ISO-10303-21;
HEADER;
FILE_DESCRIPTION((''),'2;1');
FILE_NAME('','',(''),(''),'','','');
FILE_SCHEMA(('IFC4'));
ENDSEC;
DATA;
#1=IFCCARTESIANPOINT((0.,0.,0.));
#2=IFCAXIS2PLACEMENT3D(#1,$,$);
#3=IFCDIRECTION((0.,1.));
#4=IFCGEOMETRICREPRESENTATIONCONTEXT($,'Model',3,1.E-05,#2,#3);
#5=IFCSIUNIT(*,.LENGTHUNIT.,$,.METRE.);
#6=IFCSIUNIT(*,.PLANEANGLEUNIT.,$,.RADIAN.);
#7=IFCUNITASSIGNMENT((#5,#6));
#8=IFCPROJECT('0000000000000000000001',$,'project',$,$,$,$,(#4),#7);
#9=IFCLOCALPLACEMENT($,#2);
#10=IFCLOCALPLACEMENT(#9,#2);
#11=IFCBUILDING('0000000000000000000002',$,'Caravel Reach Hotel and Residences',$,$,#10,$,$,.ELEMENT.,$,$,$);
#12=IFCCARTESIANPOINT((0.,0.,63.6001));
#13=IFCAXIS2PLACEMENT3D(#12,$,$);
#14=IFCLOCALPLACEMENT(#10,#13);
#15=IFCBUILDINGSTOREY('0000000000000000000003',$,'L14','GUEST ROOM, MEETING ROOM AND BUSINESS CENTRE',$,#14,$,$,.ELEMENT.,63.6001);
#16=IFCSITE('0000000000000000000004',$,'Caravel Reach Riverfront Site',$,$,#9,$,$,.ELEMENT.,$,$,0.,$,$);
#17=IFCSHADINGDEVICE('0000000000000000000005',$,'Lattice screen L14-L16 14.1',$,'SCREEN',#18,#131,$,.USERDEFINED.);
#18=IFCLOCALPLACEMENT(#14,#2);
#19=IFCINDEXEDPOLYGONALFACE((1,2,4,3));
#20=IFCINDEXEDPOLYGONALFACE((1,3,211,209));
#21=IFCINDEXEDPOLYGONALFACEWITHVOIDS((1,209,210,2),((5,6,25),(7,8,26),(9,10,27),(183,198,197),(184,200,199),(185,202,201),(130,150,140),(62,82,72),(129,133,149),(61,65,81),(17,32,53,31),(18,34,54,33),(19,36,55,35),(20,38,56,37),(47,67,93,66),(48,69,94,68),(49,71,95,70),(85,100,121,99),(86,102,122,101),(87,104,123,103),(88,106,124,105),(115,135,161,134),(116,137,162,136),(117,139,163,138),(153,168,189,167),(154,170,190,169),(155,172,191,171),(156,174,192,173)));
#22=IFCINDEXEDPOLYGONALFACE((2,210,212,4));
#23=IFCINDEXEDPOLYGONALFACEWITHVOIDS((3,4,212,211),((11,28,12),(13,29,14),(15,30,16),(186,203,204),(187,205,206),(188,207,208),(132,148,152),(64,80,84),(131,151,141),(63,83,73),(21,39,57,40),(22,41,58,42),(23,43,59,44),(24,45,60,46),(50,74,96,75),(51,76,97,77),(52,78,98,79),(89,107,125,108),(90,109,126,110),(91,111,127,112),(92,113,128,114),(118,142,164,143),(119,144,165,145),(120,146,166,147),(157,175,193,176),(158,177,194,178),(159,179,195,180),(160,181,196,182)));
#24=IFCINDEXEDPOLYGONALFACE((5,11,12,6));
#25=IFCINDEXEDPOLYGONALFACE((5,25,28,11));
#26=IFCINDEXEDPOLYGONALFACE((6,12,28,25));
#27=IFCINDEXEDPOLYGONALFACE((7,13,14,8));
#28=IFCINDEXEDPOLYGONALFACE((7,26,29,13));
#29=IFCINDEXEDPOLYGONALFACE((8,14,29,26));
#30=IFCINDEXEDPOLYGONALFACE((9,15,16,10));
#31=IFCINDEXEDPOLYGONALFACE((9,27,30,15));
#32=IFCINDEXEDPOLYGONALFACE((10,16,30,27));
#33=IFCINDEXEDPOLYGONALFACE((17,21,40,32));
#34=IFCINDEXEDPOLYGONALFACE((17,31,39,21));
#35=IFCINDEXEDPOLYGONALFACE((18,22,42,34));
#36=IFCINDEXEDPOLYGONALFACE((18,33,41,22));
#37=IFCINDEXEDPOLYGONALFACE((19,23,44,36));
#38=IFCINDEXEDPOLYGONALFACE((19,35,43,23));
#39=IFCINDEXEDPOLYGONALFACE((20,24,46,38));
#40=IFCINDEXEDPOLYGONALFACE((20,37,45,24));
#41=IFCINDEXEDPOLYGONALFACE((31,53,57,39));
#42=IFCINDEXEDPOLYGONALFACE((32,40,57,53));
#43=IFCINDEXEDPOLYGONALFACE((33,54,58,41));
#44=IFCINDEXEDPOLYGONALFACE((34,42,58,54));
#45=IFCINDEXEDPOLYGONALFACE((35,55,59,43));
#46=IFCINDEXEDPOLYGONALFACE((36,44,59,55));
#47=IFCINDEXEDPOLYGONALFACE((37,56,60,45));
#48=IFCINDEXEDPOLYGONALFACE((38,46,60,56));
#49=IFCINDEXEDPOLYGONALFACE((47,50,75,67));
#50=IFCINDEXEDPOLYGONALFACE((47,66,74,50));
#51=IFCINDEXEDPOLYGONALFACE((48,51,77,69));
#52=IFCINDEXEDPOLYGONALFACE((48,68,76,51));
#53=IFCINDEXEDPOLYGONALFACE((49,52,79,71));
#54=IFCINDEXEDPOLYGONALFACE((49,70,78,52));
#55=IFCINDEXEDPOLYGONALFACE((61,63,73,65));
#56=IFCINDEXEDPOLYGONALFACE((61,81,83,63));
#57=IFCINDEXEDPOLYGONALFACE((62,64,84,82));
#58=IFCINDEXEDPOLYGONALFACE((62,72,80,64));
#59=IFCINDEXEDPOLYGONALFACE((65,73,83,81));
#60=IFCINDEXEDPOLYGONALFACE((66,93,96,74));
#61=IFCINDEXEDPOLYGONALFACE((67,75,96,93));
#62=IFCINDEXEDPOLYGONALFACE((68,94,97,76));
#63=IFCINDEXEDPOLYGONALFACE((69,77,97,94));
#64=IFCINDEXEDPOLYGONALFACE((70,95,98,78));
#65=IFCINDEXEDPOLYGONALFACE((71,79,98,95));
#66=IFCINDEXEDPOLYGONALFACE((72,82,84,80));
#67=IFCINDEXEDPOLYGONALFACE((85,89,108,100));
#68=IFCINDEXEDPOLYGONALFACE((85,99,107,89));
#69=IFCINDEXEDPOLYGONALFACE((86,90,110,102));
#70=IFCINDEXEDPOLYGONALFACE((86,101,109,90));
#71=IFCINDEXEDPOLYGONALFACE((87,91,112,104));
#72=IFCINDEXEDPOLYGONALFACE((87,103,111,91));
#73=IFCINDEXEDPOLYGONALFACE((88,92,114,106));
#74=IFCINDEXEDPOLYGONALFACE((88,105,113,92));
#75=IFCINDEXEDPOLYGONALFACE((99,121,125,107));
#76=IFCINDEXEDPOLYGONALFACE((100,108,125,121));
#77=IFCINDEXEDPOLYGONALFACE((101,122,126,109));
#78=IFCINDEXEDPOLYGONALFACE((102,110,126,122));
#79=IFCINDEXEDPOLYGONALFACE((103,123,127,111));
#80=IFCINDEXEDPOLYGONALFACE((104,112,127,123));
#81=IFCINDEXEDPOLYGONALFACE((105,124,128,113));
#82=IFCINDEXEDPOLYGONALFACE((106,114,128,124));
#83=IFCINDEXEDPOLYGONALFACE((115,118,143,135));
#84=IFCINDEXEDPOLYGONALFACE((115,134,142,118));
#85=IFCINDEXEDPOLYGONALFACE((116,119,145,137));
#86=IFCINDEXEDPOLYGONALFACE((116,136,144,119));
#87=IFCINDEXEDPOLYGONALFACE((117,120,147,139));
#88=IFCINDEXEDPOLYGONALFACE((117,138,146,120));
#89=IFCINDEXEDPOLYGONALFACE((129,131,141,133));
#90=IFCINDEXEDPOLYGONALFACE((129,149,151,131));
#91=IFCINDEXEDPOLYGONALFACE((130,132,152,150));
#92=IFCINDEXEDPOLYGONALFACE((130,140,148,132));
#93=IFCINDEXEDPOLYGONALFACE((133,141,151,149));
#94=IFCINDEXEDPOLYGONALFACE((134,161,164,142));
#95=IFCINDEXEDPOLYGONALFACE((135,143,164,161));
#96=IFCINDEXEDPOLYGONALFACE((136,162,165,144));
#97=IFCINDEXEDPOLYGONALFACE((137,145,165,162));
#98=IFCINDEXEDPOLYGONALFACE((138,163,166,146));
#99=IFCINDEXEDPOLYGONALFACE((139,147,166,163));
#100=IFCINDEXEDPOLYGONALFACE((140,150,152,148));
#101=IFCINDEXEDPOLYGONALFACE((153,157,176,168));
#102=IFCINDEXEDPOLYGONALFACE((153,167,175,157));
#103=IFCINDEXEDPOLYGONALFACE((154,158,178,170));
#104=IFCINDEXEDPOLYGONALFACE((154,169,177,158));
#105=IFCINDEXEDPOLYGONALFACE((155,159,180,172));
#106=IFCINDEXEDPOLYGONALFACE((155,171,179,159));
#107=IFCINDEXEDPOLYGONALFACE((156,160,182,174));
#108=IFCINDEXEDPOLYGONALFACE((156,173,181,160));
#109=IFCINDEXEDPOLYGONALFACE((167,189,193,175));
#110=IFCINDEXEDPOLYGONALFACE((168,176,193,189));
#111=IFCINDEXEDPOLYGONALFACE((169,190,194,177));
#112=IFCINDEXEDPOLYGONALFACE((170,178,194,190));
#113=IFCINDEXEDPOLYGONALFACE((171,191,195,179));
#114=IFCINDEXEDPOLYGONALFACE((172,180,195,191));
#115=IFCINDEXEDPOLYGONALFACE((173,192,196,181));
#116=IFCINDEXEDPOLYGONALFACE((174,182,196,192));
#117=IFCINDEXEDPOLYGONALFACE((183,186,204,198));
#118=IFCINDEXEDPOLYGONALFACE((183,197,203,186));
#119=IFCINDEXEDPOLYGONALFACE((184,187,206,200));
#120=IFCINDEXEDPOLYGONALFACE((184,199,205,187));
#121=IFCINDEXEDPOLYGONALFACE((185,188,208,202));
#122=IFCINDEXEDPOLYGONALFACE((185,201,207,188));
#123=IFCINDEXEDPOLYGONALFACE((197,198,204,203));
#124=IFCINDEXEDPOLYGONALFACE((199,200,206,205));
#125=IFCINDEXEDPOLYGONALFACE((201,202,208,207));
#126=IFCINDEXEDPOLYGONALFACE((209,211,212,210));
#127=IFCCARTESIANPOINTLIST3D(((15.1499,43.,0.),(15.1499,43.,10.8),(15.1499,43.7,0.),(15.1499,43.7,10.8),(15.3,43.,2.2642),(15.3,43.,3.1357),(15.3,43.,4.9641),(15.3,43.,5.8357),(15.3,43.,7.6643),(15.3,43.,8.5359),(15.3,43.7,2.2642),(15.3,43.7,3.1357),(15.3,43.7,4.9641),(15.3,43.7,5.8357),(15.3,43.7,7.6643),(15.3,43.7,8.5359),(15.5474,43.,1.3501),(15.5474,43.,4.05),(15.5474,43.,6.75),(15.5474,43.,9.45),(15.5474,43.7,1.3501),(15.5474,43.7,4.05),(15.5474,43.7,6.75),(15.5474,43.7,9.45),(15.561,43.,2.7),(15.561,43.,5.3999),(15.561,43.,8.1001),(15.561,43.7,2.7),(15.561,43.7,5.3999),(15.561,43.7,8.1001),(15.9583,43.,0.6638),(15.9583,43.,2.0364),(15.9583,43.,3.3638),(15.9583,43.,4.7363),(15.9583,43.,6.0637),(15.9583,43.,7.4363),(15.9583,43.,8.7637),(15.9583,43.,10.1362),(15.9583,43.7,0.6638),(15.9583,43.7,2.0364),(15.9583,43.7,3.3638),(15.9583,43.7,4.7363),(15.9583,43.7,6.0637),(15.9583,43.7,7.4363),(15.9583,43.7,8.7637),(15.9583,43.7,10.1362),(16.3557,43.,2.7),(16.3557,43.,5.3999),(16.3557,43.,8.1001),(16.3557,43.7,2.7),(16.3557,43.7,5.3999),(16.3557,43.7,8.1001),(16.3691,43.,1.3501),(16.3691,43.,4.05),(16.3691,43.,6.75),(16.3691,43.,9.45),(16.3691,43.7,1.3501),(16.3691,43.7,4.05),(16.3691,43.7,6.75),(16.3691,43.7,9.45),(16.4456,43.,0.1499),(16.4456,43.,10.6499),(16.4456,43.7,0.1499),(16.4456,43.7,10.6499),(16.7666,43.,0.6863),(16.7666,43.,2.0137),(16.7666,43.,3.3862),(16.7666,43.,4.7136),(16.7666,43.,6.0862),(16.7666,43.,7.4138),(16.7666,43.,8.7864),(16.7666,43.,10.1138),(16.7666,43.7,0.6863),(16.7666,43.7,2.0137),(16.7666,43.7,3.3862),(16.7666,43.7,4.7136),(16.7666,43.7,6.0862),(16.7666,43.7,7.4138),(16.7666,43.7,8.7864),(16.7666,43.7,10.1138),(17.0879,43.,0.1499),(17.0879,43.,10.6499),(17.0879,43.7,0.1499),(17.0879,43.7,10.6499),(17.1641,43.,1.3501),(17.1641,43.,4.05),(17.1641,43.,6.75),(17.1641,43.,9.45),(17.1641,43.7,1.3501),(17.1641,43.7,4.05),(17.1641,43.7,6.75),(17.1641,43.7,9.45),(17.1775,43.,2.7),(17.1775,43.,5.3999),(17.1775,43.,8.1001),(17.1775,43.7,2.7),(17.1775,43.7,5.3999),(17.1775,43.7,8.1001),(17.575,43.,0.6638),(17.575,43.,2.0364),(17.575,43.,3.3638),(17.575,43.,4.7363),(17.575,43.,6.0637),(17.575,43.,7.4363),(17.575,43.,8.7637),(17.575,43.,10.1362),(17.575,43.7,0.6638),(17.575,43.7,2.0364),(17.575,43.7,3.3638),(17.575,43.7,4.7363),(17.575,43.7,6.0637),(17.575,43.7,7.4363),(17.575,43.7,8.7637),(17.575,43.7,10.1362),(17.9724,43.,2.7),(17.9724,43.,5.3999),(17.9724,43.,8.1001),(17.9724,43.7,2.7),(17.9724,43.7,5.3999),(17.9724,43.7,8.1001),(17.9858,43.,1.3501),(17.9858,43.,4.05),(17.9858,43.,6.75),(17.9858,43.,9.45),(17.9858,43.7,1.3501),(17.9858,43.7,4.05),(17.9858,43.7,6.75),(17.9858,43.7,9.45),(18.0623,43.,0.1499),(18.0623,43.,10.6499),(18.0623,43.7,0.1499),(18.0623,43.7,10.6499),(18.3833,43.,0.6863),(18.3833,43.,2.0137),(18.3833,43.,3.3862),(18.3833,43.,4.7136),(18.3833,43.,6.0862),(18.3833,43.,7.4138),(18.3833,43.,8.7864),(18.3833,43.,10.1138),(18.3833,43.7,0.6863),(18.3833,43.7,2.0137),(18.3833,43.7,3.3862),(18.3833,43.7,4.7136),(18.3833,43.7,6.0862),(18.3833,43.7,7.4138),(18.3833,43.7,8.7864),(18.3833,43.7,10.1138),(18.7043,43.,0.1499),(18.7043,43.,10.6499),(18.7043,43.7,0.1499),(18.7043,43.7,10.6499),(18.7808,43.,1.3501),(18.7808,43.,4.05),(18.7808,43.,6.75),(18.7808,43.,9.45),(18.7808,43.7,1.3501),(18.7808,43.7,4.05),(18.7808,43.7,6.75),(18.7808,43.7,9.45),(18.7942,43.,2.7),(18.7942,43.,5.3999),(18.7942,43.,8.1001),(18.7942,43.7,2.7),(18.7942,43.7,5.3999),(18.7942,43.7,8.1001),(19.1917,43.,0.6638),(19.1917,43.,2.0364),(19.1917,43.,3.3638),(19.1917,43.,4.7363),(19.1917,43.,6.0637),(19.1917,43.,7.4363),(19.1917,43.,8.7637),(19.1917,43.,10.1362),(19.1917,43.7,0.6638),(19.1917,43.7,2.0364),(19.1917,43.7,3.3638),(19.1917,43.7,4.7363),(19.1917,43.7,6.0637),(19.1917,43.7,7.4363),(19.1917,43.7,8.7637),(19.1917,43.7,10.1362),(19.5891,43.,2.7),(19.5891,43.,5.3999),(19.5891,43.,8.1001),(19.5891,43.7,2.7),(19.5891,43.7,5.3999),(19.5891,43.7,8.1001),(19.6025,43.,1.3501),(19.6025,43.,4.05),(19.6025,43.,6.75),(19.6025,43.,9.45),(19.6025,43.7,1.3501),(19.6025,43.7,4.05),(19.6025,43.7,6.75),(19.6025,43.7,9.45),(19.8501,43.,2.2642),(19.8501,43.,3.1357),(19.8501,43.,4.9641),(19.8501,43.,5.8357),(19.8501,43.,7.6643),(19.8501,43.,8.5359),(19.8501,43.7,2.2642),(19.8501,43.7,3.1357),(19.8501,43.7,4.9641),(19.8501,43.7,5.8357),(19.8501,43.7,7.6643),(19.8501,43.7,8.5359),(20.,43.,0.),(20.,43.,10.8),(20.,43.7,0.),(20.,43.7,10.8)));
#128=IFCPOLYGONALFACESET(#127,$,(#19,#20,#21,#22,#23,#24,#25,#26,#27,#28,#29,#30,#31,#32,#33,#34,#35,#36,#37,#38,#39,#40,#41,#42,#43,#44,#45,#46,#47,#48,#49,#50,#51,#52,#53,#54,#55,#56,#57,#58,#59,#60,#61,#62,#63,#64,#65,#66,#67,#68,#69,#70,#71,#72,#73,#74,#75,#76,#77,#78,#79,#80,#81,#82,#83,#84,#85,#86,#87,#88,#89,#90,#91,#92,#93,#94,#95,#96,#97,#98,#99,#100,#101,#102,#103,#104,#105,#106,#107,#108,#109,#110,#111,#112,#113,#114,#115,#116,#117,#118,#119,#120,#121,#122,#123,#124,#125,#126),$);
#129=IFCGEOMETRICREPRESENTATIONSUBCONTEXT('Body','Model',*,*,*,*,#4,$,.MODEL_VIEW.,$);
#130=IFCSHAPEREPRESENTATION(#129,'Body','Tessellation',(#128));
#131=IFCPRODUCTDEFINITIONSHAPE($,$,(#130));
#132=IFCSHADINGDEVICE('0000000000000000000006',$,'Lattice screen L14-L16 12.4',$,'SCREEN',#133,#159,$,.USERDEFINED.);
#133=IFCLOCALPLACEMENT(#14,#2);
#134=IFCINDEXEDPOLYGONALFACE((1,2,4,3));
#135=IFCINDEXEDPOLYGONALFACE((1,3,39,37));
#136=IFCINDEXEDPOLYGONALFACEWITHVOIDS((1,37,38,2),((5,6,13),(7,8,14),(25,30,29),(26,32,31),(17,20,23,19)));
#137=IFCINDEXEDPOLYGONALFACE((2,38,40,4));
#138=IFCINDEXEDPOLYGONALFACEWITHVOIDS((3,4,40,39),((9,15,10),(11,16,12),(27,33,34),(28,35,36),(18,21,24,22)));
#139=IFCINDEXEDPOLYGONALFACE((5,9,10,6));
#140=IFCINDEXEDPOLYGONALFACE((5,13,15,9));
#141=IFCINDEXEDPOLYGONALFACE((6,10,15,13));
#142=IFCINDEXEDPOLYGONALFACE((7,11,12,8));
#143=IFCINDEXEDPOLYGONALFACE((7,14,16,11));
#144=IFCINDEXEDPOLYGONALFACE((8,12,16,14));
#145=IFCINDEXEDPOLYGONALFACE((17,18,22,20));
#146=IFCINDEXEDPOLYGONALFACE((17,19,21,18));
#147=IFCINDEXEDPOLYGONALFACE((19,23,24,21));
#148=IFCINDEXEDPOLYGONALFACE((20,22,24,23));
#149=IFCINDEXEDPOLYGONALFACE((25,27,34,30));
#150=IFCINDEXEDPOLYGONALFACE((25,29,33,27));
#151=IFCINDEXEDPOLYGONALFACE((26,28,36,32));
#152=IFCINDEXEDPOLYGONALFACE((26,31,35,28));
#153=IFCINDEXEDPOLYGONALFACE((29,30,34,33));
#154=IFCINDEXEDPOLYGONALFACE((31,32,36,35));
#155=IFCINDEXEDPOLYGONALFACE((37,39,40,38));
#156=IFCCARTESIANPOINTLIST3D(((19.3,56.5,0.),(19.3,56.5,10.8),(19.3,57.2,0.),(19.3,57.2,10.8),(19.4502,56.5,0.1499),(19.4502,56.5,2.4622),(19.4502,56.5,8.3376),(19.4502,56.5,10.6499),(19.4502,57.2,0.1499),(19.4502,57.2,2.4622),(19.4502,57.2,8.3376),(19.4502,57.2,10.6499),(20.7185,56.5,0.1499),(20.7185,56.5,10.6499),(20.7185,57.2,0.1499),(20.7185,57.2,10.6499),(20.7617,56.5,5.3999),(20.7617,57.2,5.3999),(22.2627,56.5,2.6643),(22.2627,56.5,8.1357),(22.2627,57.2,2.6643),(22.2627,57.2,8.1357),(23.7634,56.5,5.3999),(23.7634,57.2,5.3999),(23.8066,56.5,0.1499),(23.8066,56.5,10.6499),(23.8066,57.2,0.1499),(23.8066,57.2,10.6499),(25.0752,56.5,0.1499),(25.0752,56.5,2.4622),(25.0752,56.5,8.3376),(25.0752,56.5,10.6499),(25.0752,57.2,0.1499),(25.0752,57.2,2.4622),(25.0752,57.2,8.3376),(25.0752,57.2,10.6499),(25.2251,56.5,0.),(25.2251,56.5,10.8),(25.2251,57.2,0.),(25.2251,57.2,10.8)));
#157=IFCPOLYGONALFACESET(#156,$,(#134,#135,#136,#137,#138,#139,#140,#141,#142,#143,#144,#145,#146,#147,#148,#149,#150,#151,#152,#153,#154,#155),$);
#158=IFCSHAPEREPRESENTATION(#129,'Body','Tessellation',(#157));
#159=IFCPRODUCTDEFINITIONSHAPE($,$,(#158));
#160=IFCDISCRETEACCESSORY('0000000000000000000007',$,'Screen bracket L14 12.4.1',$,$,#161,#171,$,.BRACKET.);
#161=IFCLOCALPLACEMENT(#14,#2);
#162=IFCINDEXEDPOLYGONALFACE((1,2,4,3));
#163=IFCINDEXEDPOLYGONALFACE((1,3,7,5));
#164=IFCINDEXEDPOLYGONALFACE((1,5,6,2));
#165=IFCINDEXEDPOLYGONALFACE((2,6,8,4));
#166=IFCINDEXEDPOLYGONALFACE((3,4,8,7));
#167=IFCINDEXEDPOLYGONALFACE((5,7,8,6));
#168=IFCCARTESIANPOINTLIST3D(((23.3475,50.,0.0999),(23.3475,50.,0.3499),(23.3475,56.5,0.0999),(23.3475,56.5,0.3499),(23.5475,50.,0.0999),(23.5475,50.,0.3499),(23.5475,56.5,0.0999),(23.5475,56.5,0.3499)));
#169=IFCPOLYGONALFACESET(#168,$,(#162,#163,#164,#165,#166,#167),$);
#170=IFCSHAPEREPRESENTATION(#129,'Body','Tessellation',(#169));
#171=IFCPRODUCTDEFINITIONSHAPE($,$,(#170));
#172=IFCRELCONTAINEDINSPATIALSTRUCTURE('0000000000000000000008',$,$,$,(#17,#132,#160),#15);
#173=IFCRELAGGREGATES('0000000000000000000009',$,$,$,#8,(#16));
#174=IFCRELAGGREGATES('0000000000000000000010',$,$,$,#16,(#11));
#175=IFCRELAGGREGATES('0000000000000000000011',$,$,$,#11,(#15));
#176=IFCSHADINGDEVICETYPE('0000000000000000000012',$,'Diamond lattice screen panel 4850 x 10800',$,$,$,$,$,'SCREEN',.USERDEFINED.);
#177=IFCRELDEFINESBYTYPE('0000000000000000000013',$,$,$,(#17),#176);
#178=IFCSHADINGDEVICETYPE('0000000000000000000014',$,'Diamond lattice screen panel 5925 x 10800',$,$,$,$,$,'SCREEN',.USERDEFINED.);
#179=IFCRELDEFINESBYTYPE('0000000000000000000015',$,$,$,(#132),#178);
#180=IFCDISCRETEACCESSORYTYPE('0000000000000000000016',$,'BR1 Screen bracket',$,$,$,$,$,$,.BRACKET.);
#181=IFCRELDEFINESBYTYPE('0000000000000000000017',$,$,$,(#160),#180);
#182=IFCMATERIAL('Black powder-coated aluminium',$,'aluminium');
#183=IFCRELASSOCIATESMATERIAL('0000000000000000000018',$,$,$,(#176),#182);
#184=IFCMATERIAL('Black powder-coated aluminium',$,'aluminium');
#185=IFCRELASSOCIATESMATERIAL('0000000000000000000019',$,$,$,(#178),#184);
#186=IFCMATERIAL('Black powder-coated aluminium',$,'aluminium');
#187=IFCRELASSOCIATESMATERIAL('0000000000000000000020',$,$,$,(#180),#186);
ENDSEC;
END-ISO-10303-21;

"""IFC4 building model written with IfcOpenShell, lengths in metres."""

from ifc_helpers import new_model, si_unit, direction, frame, origin, origin_2d, place, context, subcontext, project, spatial, polyline, rectangle, outline, extrude, material, type_object, element, save


model = new_model("IFC4")

# Units and contexts
model_context = context("Model", 3, precision=1e-05, world=origin(), true_north=direction((0.0, 1.0)))
body_context = subcontext(model_context, "Body", "Model", "MODEL_VIEW")
ifc_project = project(units=[si_unit("LENGTHUNIT", "METRE"), si_unit("PLANEANGLEUNIT", "RADIAN")], contexts=[model_context])

# Site, building, storey
site_placement = place(None, origin())
site = spatial("IfcSite", under=ifc_project, at=site_placement, Name="Caravel Reach Riverfront Site", CompositionType="ELEMENT", RefElevation=0.0)
building_placement = place(site_placement, origin())
building = spatial("IfcBuilding", under=site, at=building_placement, Name="Caravel Reach Hotel and Residences", CompositionType="ELEMENT")
storey_placement = place(building_placement, frame((0.0, 0.0, 63.6001)))
storey = spatial("IfcBuildingStorey", under=building, at=storey_placement, Name="L14", Description="GUEST ROOM, MEETING ROOM AND BUSINESS CENTRE", CompositionType="ELEMENT", Elevation=63.6001)

# Shading devices
ifc_material_1 = material(Name="Black powder-coated aluminium", Category="aluminium")
shading_device_type_1 = type_object("IfcShadingDeviceType", Name="Diamond lattice screen panel 4850 x 10800", ElementType="SCREEN", PredefinedType="USERDEFINED", material=ifc_material_1)
shading_device_1_placement = place(storey_placement, frame((20.0, 43.0, 0.0), z_axis=(0.0, 1.0, 0.0), x_axis=(-1.0, 0.0, 0.0)))
element("IfcShadingDevice", 1, at=shading_device_1_placement, inside=storey, type_object=shading_device_type_1, Name="Lattice screen L14-L16 14.1", ObjectType="SCREEN", PredefinedType="USERDEFINED", context=body_context, shape_type="SweptSolid", body=[
    extrude(outline(polyline([(0.0, 0.0), (4.8501, 0.0), (4.8501, 10.8), (0.0, 10.8), (0.0, 0.0)]), holes=[polyline([(0.4109, 2.7), (0.1499, 3.1357), (0.1499, 2.2642), (0.4109, 2.7)]), polyline([(0.4109, 5.3999), (0.1499, 5.8357), (0.1499, 4.9641), (0.4109, 5.3999)]), polyline([(0.4109, 8.1001), (0.1499, 8.5359), (0.1499, 7.6643), (0.4109, 8.1001)]), polyline([(0.8083, 2.0364), (0.3975, 1.3501), (0.8083, 0.6638), (1.2192, 1.3501), (0.8083, 2.0364)]), polyline([(0.8083, 4.7363), (0.3975, 4.05), (0.8083, 3.3638), (1.2192, 4.05), (0.8083, 4.7363)]), polyline([(0.8083, 7.4363), (0.3975, 6.75), (0.8083, 6.0637), (1.2192, 6.75), (0.8083, 7.4363)]), polyline([(0.8083, 10.1362), (0.3975, 9.45), (0.8083, 8.7637), (1.2192, 9.45), (0.8083, 10.1362)]), polyline([(1.6167, 0.6863), (1.2957, 0.1499), (1.9377, 0.1499), (1.6167, 0.6863)]), polyline([(1.6167, 3.3862), (1.2058, 2.7), (1.6167, 2.0137), (2.0276, 2.7), (1.6167, 3.3862)]), polyline([(1.6167, 6.0862), (1.2058, 5.3999), (1.6167, 4.7136), (2.0276, 5.3999), (1.6167, 6.0862)]), polyline([(1.6167, 8.7864), (1.2058, 8.1001), (1.6167, 7.4138), (2.0276, 8.1001), (1.6167, 8.7864)]), polyline([(1.6167, 10.1138), (1.9377, 10.6499), (1.2957, 10.6499), (1.6167, 10.1138)]), polyline([(2.425, 2.0364), (2.0142, 1.3501), (2.425, 0.6638), (2.8359, 1.3501), (2.425, 2.0364)]), polyline([(2.425, 4.7363), (2.0142, 4.05), (2.425, 3.3638), (2.8359, 4.05), (2.425, 4.7363)]), polyline([(2.425, 7.4363), (2.0142, 6.75), (2.425, 6.0637), (2.8359, 6.75), (2.425, 7.4363)]), polyline([(2.425, 10.1362), (2.0142, 9.45), (2.425, 8.7637), (2.8359, 9.45), (2.425, 10.1362)]), polyline([(3.2334, 0.6863), (2.9121, 0.1499), (3.5544, 0.1499), (3.2334, 0.6863)]), polyline([(3.2334, 3.3862), (2.8225, 2.7), (3.2334, 2.0137), (3.6443, 2.7), (3.2334, 3.3862)]), polyline([(3.2334, 6.0862), (2.8225, 5.3999), (3.2334, 4.7136), (3.6443, 5.3999), (3.2334, 6.0862)]), polyline([(3.2334, 8.7864), (2.8225, 8.1001), (3.2334, 7.4138), (3.6443, 8.1001), (3.2334, 8.7864)]), polyline([(3.2334, 10.1138), (3.5544, 10.6499), (2.9121, 10.6499), (3.2334, 10.1138)]), polyline([(4.0417, 2.0364), (3.6309, 1.3501), (4.0417, 0.6638), (4.4526, 1.3501), (4.0417, 2.0364)]), polyline([(4.0417, 4.7363), (3.6309, 4.05), (4.0417, 3.3638), (4.4526, 4.05), (4.0417, 4.7363)]), polyline([(4.0417, 7.4363), (3.6309, 6.75), (4.0417, 6.0637), (4.4526, 6.75), (4.0417, 7.4363)]), polyline([(4.0417, 10.1362), (3.6309, 9.45), (4.0417, 8.7637), (4.4526, 9.45), (4.0417, 10.1362)]), polyline([(4.439, 2.7), (4.7, 2.2642), (4.7, 3.1357), (4.439, 2.7)]), polyline([(4.439, 5.3999), (4.7, 4.9641), (4.7, 5.8357), (4.439, 5.3999)]), polyline([(4.439, 8.1001), (4.7, 7.6643), (4.7, 8.5359), (4.439, 8.1001)])]), origin(), (0.0, 0.0, 1.0), 0.7),
])
ifc_material_2 = material(Name="Black powder-coated aluminium", Category="aluminium")
shading_device_type_2 = type_object("IfcShadingDeviceType", Name="Diamond lattice screen panel 5925 x 10800", ElementType="SCREEN", PredefinedType="USERDEFINED", material=ifc_material_2)
shading_device_2_placement = place(storey_placement, frame((25.2251, 56.5, 0.0), z_axis=(0.0, 1.0, 0.0), x_axis=(-1.0, 0.0, 0.0)))
element("IfcShadingDevice", 2, at=shading_device_2_placement, inside=storey, type_object=shading_device_type_2, Name="Lattice screen L14-L16 12.4", ObjectType="SCREEN", PredefinedType="USERDEFINED", context=body_context, shape_type="SweptSolid", body=[
    extrude(outline(polyline([(0.0, 0.0), (5.925, 0.0), (5.925, 10.8), (0.0, 10.8), (0.0, 0.0)]), holes=[polyline([(1.4185, 0.1499), (0.1499, 2.4622), (0.1499, 0.1499), (1.4185, 0.1499)]), polyline([(0.1499, 8.3376), (1.4185, 10.6499), (0.1499, 10.6499), (0.1499, 8.3376)]), polyline([(2.9624, 8.1357), (1.4617, 5.3999), (2.9624, 2.6643), (4.4634, 5.3999), (2.9624, 8.1357)]), polyline([(5.7749, 2.4622), (4.5066, 0.1499), (5.7749, 0.1499), (5.7749, 2.4622)]), polyline([(4.5066, 10.6499), (5.7749, 8.3376), (5.7749, 10.6499), (4.5066, 10.6499)])]), origin(), (0.0, 0.0, 1.0), 0.7),
])

# Discrete accessory
ifc_material_3 = material(Name="Black powder-coated aluminium", Category="aluminium")
discrete_accessory_type = type_object("IfcDiscreteAccessoryType", Name="BR1 Screen bracket", PredefinedType="BRACKET", material=ifc_material_3)
for number, where, z_axis, x_axis, name in (
    (3, (23.4475, 53.25, 0.0999), (0.0, 0.0, 1.0), (0.0, 1.0, 0.0), "Screen bracket L14 12.4.1"),
):
    element("IfcDiscreteAccessory", number, at=place(storey_placement, frame(where, z_axis=z_axis, x_axis=x_axis)), inside=storey, type_object=discrete_accessory_type, Name=name, PredefinedType="BRACKET", context=body_context, shape_type="SweptSolid", body=[
        extrude(rectangle(XDim=6.5, YDim=0.2, at=origin_2d()), origin(), (0.0, 0.0, 1.0), 0.25),
    ])

save(model, "model.ifc")
